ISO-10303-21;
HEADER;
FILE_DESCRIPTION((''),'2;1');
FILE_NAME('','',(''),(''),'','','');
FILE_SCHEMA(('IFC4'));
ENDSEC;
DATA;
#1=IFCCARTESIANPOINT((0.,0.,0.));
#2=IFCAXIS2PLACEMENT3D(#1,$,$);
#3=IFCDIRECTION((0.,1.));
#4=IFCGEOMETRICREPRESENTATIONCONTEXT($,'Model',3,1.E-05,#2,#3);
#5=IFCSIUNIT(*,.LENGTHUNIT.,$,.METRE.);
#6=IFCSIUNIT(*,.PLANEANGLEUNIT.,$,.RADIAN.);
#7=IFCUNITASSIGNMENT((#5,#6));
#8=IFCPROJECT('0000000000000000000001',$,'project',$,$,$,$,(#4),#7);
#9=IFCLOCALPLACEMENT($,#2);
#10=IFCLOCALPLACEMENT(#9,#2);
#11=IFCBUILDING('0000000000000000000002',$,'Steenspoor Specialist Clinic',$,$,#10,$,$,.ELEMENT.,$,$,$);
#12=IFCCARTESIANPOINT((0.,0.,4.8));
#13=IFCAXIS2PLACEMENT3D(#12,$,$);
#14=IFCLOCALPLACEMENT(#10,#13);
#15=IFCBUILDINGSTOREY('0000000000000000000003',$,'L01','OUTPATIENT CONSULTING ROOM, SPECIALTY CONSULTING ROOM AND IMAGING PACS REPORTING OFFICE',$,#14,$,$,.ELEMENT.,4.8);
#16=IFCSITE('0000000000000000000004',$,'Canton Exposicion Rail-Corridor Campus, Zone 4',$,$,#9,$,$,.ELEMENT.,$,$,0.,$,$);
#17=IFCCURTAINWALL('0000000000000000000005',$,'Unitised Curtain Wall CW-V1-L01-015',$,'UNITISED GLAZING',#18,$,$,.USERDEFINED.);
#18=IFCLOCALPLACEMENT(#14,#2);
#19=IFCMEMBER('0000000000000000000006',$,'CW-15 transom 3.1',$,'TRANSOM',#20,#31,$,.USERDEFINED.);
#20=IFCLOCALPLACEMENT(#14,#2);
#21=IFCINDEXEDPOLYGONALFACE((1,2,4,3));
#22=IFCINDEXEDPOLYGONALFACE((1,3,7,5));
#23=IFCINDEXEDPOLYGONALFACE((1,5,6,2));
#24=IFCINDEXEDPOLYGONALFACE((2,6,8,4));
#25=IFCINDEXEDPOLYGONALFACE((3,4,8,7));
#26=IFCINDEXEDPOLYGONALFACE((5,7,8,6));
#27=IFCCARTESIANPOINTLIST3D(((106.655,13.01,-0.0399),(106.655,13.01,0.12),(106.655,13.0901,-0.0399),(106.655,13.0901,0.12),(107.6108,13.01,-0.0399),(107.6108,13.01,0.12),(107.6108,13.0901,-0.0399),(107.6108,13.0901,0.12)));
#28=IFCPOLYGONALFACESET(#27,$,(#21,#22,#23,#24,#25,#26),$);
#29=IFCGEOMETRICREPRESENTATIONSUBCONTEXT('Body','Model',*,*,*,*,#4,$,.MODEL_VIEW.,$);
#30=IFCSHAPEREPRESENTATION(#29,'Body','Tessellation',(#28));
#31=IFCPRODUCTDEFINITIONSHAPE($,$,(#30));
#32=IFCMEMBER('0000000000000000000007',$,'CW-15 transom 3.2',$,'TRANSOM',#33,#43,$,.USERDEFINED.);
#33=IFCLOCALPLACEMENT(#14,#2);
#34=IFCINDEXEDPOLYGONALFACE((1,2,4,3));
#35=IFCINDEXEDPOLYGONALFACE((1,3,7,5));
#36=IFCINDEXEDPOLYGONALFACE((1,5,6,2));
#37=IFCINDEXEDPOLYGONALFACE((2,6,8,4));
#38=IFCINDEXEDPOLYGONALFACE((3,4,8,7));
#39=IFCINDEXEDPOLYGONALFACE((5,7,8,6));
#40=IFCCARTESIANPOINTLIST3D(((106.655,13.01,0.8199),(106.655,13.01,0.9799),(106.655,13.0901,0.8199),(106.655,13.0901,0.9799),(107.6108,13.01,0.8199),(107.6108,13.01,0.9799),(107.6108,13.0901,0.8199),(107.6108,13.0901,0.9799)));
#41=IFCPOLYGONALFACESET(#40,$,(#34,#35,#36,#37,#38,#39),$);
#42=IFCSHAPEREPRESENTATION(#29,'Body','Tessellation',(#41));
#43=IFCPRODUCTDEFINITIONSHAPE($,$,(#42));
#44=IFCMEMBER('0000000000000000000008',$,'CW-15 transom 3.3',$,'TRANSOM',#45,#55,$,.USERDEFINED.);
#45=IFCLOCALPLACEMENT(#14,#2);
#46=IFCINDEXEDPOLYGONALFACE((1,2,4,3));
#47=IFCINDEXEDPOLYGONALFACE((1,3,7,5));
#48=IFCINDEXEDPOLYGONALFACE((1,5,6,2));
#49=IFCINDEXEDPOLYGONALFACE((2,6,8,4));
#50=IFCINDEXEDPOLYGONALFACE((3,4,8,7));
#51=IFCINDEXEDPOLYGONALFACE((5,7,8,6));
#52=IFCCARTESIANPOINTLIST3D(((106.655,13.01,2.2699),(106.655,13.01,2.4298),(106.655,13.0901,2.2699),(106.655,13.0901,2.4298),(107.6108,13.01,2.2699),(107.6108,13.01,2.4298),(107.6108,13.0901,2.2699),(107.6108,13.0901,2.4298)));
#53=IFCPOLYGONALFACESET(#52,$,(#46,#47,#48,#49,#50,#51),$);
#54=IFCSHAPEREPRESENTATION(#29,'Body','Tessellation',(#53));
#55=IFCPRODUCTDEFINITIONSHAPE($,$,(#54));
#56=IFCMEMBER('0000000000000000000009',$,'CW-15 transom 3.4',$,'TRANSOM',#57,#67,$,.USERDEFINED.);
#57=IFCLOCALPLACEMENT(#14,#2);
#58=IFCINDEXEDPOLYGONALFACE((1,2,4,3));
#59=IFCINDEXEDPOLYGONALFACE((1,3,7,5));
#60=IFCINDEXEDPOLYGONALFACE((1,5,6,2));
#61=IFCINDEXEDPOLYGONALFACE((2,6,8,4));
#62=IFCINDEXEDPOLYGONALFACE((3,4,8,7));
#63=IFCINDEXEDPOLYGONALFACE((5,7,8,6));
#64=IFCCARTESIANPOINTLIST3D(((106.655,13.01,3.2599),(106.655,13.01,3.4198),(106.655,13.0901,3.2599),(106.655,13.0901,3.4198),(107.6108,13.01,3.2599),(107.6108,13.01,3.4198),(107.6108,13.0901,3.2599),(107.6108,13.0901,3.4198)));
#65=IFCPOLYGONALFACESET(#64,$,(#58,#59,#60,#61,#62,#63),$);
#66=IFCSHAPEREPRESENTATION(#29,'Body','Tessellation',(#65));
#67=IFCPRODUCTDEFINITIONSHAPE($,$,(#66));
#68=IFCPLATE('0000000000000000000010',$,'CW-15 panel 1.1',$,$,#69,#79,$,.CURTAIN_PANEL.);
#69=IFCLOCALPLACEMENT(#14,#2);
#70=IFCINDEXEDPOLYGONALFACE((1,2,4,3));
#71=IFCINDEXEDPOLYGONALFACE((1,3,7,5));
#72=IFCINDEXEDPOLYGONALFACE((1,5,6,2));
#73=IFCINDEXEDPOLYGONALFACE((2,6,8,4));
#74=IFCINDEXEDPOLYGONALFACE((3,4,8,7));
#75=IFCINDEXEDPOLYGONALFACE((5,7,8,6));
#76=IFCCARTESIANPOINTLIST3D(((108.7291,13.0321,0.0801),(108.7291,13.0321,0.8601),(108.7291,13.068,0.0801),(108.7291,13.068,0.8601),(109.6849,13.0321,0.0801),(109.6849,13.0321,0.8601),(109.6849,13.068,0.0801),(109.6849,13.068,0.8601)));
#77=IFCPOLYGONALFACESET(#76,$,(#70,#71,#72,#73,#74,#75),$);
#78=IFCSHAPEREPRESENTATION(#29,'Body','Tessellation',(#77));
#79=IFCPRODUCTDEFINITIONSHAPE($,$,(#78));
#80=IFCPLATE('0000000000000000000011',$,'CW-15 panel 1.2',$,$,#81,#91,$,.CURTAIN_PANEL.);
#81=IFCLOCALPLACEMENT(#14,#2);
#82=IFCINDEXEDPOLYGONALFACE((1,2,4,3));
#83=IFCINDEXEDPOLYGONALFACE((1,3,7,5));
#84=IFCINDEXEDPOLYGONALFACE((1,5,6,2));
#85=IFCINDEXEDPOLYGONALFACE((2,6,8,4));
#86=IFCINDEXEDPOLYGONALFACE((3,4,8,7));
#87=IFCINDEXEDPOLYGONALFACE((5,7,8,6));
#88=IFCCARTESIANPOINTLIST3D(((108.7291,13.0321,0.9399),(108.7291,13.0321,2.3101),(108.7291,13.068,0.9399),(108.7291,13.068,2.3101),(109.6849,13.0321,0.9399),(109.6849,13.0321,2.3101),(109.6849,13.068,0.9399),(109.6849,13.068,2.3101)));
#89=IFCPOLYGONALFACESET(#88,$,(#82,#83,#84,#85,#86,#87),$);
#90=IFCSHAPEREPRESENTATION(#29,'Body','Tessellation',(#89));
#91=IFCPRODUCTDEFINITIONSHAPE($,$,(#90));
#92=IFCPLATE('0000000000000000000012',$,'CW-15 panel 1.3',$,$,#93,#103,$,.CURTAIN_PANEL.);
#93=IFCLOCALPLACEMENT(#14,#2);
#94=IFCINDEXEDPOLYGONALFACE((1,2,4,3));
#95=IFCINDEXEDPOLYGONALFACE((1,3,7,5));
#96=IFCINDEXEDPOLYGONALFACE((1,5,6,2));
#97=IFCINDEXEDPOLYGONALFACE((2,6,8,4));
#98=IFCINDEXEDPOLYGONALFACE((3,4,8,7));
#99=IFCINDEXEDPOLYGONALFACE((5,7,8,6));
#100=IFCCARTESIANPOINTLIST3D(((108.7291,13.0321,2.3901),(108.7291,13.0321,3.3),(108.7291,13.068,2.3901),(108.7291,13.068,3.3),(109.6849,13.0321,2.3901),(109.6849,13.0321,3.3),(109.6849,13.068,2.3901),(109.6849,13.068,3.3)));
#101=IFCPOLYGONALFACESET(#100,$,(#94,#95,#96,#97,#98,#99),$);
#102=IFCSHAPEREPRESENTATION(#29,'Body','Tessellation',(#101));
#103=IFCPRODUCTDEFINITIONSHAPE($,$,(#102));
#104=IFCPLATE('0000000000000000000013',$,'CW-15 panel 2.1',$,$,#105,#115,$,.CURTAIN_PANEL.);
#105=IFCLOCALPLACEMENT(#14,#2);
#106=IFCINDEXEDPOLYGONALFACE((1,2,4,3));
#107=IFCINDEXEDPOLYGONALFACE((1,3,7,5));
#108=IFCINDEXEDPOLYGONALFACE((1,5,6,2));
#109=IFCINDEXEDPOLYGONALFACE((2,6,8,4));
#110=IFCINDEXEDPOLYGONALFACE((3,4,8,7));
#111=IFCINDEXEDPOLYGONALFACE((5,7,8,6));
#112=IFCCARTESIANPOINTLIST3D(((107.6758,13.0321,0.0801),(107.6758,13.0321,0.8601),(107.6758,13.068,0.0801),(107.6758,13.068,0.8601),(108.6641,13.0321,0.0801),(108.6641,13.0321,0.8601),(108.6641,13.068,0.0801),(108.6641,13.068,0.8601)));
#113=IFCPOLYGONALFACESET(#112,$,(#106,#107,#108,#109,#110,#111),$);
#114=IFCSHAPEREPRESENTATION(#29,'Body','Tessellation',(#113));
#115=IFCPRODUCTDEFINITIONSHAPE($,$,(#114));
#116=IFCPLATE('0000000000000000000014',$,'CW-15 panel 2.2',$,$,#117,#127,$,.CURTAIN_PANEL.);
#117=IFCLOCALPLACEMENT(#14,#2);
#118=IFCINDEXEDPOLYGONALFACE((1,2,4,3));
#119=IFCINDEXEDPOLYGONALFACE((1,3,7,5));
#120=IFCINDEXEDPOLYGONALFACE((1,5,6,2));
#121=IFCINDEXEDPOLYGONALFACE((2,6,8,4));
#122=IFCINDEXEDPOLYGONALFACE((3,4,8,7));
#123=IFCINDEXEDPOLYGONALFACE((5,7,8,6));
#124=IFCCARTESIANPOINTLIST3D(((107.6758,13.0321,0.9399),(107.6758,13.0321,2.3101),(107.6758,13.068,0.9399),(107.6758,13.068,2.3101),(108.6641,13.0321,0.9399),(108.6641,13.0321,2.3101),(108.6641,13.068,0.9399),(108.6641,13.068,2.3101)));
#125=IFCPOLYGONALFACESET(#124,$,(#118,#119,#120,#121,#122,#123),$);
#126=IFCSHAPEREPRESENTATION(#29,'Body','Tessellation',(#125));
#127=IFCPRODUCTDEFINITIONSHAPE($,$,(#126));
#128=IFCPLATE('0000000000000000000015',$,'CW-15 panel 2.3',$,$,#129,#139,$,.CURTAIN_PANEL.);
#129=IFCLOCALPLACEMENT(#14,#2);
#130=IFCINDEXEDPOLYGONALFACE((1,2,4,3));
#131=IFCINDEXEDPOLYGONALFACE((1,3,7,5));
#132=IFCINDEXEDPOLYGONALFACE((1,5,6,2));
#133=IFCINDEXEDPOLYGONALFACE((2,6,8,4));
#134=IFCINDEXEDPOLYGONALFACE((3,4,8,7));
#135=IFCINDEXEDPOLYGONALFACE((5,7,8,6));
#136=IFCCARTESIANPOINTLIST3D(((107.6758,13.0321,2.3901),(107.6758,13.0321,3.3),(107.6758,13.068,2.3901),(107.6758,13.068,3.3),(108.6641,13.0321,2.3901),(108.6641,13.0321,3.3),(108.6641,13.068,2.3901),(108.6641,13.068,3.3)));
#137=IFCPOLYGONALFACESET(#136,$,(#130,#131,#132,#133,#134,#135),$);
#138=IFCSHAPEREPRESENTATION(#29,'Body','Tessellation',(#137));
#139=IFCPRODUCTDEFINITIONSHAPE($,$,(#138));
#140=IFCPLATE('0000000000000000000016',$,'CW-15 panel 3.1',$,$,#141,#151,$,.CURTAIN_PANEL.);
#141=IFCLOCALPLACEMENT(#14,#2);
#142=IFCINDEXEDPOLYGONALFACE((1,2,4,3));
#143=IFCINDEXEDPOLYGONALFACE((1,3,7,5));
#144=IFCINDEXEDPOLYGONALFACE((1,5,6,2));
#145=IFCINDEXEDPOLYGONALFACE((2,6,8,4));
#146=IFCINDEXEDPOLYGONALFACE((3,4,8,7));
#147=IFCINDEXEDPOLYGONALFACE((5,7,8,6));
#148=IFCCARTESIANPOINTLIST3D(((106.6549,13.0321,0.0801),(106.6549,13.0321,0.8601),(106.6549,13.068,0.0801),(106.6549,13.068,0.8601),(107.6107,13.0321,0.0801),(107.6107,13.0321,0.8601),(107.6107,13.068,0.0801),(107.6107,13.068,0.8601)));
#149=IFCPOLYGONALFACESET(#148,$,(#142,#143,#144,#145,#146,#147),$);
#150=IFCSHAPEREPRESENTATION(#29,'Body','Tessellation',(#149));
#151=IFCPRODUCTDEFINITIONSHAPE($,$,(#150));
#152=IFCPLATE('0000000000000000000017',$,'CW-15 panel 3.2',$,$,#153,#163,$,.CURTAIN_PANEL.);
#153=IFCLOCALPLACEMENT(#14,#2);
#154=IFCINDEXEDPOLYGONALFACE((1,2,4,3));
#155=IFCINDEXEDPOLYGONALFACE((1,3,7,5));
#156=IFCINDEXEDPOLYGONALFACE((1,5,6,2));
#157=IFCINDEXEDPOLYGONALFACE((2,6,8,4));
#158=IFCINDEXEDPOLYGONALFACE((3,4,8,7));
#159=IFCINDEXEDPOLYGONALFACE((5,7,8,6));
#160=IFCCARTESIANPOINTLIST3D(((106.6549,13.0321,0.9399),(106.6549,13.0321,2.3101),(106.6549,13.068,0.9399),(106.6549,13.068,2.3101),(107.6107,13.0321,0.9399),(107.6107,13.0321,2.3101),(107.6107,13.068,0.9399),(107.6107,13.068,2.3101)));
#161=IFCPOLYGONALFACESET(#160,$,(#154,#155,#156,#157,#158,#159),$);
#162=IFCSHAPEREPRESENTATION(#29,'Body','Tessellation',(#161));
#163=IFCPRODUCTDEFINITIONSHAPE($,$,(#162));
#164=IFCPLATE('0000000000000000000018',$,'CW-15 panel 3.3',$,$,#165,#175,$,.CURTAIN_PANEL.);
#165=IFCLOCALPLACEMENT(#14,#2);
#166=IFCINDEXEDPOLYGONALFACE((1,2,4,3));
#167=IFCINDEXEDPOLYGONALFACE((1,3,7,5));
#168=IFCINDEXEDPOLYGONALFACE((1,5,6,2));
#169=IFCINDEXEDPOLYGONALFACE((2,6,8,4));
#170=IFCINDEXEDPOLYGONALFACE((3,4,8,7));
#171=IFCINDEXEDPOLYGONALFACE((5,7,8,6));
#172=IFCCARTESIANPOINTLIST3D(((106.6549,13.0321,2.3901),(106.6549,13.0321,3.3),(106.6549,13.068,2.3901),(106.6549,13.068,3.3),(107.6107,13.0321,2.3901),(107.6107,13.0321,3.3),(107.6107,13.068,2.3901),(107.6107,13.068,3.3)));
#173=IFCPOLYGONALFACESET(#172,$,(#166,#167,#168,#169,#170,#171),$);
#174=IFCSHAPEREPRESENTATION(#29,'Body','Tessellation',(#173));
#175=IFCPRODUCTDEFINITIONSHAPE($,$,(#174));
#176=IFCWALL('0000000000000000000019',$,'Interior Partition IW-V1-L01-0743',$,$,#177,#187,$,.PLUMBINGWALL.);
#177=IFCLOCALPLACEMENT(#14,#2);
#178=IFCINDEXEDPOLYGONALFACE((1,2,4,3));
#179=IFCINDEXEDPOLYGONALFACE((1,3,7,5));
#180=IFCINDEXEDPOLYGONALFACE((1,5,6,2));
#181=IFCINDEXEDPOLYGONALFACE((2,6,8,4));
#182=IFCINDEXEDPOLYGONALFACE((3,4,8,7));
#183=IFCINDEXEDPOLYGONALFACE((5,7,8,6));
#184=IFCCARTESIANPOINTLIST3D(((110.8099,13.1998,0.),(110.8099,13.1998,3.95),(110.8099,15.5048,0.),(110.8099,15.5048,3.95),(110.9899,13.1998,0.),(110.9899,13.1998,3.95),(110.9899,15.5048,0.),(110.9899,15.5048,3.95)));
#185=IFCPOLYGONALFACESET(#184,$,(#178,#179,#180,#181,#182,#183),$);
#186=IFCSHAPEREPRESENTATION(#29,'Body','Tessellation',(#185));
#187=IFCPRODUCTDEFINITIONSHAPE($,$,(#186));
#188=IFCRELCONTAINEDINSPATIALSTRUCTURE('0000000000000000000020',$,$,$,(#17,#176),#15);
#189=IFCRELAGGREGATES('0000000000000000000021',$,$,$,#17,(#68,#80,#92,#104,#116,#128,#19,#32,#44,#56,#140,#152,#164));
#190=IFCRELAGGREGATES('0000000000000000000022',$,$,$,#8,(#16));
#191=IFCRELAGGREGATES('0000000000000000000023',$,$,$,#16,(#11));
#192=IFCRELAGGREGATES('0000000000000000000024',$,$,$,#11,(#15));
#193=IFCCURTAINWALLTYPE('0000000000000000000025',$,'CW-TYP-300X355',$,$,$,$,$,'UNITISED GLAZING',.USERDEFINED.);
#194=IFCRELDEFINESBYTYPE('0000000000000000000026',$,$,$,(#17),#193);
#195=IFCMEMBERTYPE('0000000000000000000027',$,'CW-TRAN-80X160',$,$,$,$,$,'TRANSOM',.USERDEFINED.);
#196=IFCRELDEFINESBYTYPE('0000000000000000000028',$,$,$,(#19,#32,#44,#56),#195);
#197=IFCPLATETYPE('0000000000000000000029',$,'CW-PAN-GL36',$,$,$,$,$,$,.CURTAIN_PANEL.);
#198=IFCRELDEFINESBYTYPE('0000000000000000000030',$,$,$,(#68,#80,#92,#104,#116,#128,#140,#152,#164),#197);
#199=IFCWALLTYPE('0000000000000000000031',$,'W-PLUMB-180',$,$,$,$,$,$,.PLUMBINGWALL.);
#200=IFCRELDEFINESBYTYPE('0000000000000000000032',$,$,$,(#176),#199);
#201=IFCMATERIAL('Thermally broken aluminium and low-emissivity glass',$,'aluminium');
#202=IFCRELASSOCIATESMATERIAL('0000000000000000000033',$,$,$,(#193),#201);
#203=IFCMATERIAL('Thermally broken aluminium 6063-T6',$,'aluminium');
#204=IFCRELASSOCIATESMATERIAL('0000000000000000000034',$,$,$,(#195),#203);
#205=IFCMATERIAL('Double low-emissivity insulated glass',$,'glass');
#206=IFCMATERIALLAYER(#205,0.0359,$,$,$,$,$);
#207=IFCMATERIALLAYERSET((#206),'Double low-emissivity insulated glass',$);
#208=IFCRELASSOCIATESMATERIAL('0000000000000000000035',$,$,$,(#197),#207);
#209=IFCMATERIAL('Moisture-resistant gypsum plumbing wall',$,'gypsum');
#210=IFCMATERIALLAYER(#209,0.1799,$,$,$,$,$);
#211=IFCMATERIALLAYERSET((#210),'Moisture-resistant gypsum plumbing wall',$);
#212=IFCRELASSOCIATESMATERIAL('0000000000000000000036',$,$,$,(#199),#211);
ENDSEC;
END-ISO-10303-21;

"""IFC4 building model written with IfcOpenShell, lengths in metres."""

from ifc_helpers import new_model, si_unit, direction, frame, frame_2d, origin, origin_2d, place, context, subcontext, project, spatial, rectangle, extrude, material, layer, layer_set, material_profile, profile_set, type_object, element, aggregate, save


model = new_model("IFC4")

# Units and contexts
model_context = context("Model", 3, precision=1e-05, world=origin(), true_north=direction((0.0, 1.0)))
body_context = subcontext(model_context, "Body", "Model", "MODEL_VIEW")
ifc_project = project(units=[si_unit("LENGTHUNIT", "METRE"), si_unit("PLANEANGLEUNIT", "RADIAN")], contexts=[model_context])

# Site, building, storey
site_placement = place(None, origin())
site = spatial("IfcSite", under=ifc_project, at=site_placement, Name="Canton Exposicion Rail-Corridor Campus, Zone 4", CompositionType="ELEMENT", RefElevation=0.0)
building_placement = place(site_placement, origin())
building = spatial("IfcBuilding", under=site, at=building_placement, Name="Steenspoor Specialist Clinic", CompositionType="ELEMENT")
storey_placement = place(building_placement, frame((0.0, 0.0, 4.8)))
storey = spatial("IfcBuildingStorey", under=building, at=storey_placement, Name="L01", Description="OUTPATIENT CONSULTING ROOM, SPECIALTY CONSULTING ROOM AND IMAGING PACS REPORTING OFFICE", CompositionType="ELEMENT", Elevation=4.8)

# Curtain wall, members, plates
ifc_material_1 = material(Name="Thermally broken aluminium and low-emissivity glass", Category="aluminium")
curtain_wall_type = type_object("IfcCurtainWallType", Name="CW-TYP-300X355", ElementType="UNITISED GLAZING", PredefinedType="USERDEFINED", material=ifc_material_1)
curtain_wall_placement = place(storey_placement, origin())
curtain_wall = element("IfcCurtainWall", 1, at=curtain_wall_placement, inside=storey, type_object=curtain_wall_type, Name="Unitised Curtain Wall CW-V1-L01-015", ObjectType="UNITISED GLAZING", PredefinedType="USERDEFINED")
ifc_material_2 = material(Name="Thermally broken aluminium 6063-T6", Category="aluminium")
ifc_material_profile_1 = material_profile(ifc_material_2, rectangle(XDim=0.0801, YDim=0.1599, at=origin_2d()), Name="CWT-80X160")
ifc_profile_set_1 = profile_set([ifc_material_profile_1], Name="Thermally broken aluminium 6063-T6")
member_type_1 = type_object("IfcMemberType", Name="CW-TRAN-80X160", ElementType="TRANSOM", PredefinedType="USERDEFINED", material=ifc_profile_set_1)
member_1_placement = place(storey_placement, frame((107.6108, 13.05, 0.04), z_axis=(-1.0, 0.0, 0.0), x_axis=(0.0, -1.0, 0.0)))
member_1 = element("IfcMember", 2, at=member_1_placement, type_object=member_type_1, Name="CW-15 transom 3.1", ObjectType="TRANSOM", PredefinedType="USERDEFINED", context=body_context, shape_type="SweptSolid", body=[
    extrude(rectangle(XDim=0.0801, YDim=0.1599, at=origin_2d()), origin(), (0.0, 0.0, 1.0), 0.9558),
])
member_2_placement = place(storey_placement, frame((107.6108, 13.05, 0.8999), z_axis=(-1.0, 0.0, 0.0), x_axis=(0.0, -1.0, 0.0)))
member_2 = element("IfcMember", 3, at=member_2_placement, type_object=member_type_1, Name="CW-15 transom 3.2", ObjectType="TRANSOM", PredefinedType="USERDEFINED", context=body_context, shape_type="SweptSolid", body=[
    extrude(rectangle(XDim=0.0801, YDim=0.1599, at=origin_2d()), origin(), (0.0, 0.0, 1.0), 0.9558),
])
member_3_placement = place(storey_placement, frame((107.6108, 13.05, 2.3499), z_axis=(-1.0, 0.0, 0.0), x_axis=(0.0, -1.0, 0.0)))
member_3 = element("IfcMember", 4, at=member_3_placement, type_object=member_type_1, Name="CW-15 transom 3.3", ObjectType="TRANSOM", PredefinedType="USERDEFINED", context=body_context, shape_type="SweptSolid", body=[
    extrude(rectangle(XDim=0.0801, YDim=0.1599, at=origin_2d()), origin(), (0.0, 0.0, 1.0), 0.9558),
])
member_4_placement = place(storey_placement, frame((107.6108, 13.05, 3.3398), z_axis=(-1.0, 0.0, 0.0), x_axis=(0.0, -1.0, 0.0)))
member_4 = element("IfcMember", 5, at=member_4_placement, type_object=member_type_1, Name="CW-15 transom 3.4", ObjectType="TRANSOM", PredefinedType="USERDEFINED", context=body_context, shape_type="SweptSolid", body=[
    extrude(rectangle(XDim=0.0801, YDim=0.1599, at=origin_2d()), origin(), (0.0, 0.0, 1.0), 0.9558),
])
ifc_material_3 = material(Name="Double low-emissivity insulated glass", Category="glass")
ifc_layer_1 = layer(ifc_material_3, 0.0359)
ifc_layer_set_1 = layer_set([ifc_layer_1], Name="Double low-emissivity insulated glass")
plate_type = type_object("IfcPlateType", Name="CW-PAN-GL36", PredefinedType="CURTAIN_PANEL", material=ifc_layer_set_1)
plate_1_placement = place(storey_placement, frame((109.207, 13.05, 0.0801), z_axis=(0.0, 0.0, 1.0), x_axis=(-1.0, 0.0, 0.0)))
plate_1 = element("IfcPlate", 6, at=plate_1_placement, type_object=plate_type, Name="CW-15 panel 1.1", PredefinedType="CURTAIN_PANEL", context=body_context, shape_type="SweptSolid", body=[
    extrude(rectangle(XDim=0.9558, YDim=0.0359, at=origin_2d()), origin(), (0.0, 0.0, 1.0), 0.78),
])
plate_2_placement = place(storey_placement, frame((109.207, 13.05, 0.9399), z_axis=(0.0, 0.0, 1.0), x_axis=(-1.0, 0.0, 0.0)))
plate_2 = element("IfcPlate", 7, at=plate_2_placement, type_object=plate_type, Name="CW-15 panel 1.2", PredefinedType="CURTAIN_PANEL", context=body_context, shape_type="SweptSolid", body=[
    extrude(rectangle(XDim=0.9558, YDim=0.0359, at=origin_2d()), origin(), (0.0, 0.0, 1.0), 1.3701),
])
plate_3_placement = place(storey_placement, frame((109.207, 13.05, 2.3901), z_axis=(0.0, 0.0, 1.0), x_axis=(-1.0, 0.0, 0.0)))
plate_3 = element("IfcPlate", 8, at=plate_3_placement, type_object=plate_type, Name="CW-15 panel 1.3", PredefinedType="CURTAIN_PANEL", context=body_context, shape_type="SweptSolid", body=[
    extrude(rectangle(XDim=0.9558, YDim=0.0359, at=origin_2d()), origin(), (0.0, 0.0, 1.0), 0.9099),
])
plate_4_placement = place(storey_placement, frame((108.1699, 13.05, 0.0801), z_axis=(0.0, 0.0, 1.0), x_axis=(-1.0, 0.0, 0.0)))
plate_4 = element("IfcPlate", 9, at=plate_4_placement, type_object=plate_type, Name="CW-15 panel 2.1", PredefinedType="CURTAIN_PANEL", context=body_context, shape_type="SweptSolid", body=[
    extrude(rectangle(XDim=0.9883, YDim=0.0359, at=origin_2d()), origin(), (0.0, 0.0, 1.0), 0.78),
])
plate_5_placement = place(storey_placement, frame((108.1699, 13.05, 0.9399), z_axis=(0.0, 0.0, 1.0), x_axis=(-1.0, 0.0, 0.0)))
plate_5 = element("IfcPlate", 10, at=plate_5_placement, type_object=plate_type, Name="CW-15 panel 2.2", PredefinedType="CURTAIN_PANEL", context=body_context, shape_type="SweptSolid", body=[
    extrude(rectangle(XDim=0.9883, YDim=0.0359, at=origin_2d()), origin(), (0.0, 0.0, 1.0), 1.3701),
])
plate_6_placement = place(storey_placement, frame((108.1699, 13.05, 2.3901), z_axis=(0.0, 0.0, 1.0), x_axis=(-1.0, 0.0, 0.0)))
plate_6 = element("IfcPlate", 11, at=plate_6_placement, type_object=plate_type, Name="CW-15 panel 2.3", PredefinedType="CURTAIN_PANEL", context=body_context, shape_type="SweptSolid", body=[
    extrude(rectangle(XDim=0.9883, YDim=0.0359, at=origin_2d()), origin(), (0.0, 0.0, 1.0), 0.9099),
])
plate_7_placement = place(storey_placement, frame((107.1328, 13.05, 0.0801), z_axis=(0.0, 0.0, 1.0), x_axis=(-1.0, 0.0, 0.0)))
plate_7 = element("IfcPlate", 12, at=plate_7_placement, type_object=plate_type, Name="CW-15 panel 3.1", PredefinedType="CURTAIN_PANEL", context=body_context, shape_type="SweptSolid", body=[
    extrude(rectangle(XDim=0.9558, YDim=0.0359, at=origin_2d()), origin(), (0.0, 0.0, 1.0), 0.78),
])
plate_8_placement = place(storey_placement, frame((107.1328, 13.05, 0.9399), z_axis=(0.0, 0.0, 1.0), x_axis=(-1.0, 0.0, 0.0)))
plate_8 = element("IfcPlate", 13, at=plate_8_placement, type_object=plate_type, Name="CW-15 panel 3.2", PredefinedType="CURTAIN_PANEL", context=body_context, shape_type="SweptSolid", body=[
    extrude(rectangle(XDim=0.9558, YDim=0.0359, at=origin_2d()), origin(), (0.0, 0.0, 1.0), 1.3701),
])
plate_9_placement = place(storey_placement, frame((107.1328, 13.05, 2.3901), z_axis=(0.0, 0.0, 1.0), x_axis=(-1.0, 0.0, 0.0)))
plate_9 = element("IfcPlate", 14, at=plate_9_placement, type_object=plate_type, Name="CW-15 panel 3.3", PredefinedType="CURTAIN_PANEL", context=body_context, shape_type="SweptSolid", body=[
    extrude(rectangle(XDim=0.9558, YDim=0.0359, at=origin_2d()), origin(), (0.0, 0.0, 1.0), 0.9099),
])
aggregate(curtain_wall, [plate_1, plate_2, plate_3, plate_4, plate_5, plate_6, member_1, member_2, member_3, member_4, plate_7, plate_8, plate_9])

# Wall
ifc_material_4 = material(Name="Moisture-resistant gypsum plumbing wall", Category="gypsum")
ifc_layer_2 = layer(ifc_material_4, 0.1799)
ifc_layer_set_2 = layer_set([ifc_layer_2], Name="Moisture-resistant gypsum plumbing wall")
wall_type_1 = type_object("IfcWallType", Name="W-PLUMB-180", PredefinedType="PLUMBINGWALL", material=ifc_layer_set_2)
wall_1_placement = place(storey_placement, frame((110.8999, 13.2, 0.0), z_axis=(0.0, 0.0, 1.0), x_axis=(0.0, 1.0, 0.0)))
element("IfcWall", 15, at=wall_1_placement, inside=storey, type_object=wall_type_1, Name="Interior Partition IW-V1-L01-0743", PredefinedType="PLUMBINGWALL", context=body_context, shape_type="SweptSolid", body=[
    extrude(rectangle(XDim=2.3049, YDim=0.1799, at=frame_2d((1.1523, 0.0))), origin(), (0.0, 0.0, 1.0), 3.95),
])

save(model, "model.ifc")
